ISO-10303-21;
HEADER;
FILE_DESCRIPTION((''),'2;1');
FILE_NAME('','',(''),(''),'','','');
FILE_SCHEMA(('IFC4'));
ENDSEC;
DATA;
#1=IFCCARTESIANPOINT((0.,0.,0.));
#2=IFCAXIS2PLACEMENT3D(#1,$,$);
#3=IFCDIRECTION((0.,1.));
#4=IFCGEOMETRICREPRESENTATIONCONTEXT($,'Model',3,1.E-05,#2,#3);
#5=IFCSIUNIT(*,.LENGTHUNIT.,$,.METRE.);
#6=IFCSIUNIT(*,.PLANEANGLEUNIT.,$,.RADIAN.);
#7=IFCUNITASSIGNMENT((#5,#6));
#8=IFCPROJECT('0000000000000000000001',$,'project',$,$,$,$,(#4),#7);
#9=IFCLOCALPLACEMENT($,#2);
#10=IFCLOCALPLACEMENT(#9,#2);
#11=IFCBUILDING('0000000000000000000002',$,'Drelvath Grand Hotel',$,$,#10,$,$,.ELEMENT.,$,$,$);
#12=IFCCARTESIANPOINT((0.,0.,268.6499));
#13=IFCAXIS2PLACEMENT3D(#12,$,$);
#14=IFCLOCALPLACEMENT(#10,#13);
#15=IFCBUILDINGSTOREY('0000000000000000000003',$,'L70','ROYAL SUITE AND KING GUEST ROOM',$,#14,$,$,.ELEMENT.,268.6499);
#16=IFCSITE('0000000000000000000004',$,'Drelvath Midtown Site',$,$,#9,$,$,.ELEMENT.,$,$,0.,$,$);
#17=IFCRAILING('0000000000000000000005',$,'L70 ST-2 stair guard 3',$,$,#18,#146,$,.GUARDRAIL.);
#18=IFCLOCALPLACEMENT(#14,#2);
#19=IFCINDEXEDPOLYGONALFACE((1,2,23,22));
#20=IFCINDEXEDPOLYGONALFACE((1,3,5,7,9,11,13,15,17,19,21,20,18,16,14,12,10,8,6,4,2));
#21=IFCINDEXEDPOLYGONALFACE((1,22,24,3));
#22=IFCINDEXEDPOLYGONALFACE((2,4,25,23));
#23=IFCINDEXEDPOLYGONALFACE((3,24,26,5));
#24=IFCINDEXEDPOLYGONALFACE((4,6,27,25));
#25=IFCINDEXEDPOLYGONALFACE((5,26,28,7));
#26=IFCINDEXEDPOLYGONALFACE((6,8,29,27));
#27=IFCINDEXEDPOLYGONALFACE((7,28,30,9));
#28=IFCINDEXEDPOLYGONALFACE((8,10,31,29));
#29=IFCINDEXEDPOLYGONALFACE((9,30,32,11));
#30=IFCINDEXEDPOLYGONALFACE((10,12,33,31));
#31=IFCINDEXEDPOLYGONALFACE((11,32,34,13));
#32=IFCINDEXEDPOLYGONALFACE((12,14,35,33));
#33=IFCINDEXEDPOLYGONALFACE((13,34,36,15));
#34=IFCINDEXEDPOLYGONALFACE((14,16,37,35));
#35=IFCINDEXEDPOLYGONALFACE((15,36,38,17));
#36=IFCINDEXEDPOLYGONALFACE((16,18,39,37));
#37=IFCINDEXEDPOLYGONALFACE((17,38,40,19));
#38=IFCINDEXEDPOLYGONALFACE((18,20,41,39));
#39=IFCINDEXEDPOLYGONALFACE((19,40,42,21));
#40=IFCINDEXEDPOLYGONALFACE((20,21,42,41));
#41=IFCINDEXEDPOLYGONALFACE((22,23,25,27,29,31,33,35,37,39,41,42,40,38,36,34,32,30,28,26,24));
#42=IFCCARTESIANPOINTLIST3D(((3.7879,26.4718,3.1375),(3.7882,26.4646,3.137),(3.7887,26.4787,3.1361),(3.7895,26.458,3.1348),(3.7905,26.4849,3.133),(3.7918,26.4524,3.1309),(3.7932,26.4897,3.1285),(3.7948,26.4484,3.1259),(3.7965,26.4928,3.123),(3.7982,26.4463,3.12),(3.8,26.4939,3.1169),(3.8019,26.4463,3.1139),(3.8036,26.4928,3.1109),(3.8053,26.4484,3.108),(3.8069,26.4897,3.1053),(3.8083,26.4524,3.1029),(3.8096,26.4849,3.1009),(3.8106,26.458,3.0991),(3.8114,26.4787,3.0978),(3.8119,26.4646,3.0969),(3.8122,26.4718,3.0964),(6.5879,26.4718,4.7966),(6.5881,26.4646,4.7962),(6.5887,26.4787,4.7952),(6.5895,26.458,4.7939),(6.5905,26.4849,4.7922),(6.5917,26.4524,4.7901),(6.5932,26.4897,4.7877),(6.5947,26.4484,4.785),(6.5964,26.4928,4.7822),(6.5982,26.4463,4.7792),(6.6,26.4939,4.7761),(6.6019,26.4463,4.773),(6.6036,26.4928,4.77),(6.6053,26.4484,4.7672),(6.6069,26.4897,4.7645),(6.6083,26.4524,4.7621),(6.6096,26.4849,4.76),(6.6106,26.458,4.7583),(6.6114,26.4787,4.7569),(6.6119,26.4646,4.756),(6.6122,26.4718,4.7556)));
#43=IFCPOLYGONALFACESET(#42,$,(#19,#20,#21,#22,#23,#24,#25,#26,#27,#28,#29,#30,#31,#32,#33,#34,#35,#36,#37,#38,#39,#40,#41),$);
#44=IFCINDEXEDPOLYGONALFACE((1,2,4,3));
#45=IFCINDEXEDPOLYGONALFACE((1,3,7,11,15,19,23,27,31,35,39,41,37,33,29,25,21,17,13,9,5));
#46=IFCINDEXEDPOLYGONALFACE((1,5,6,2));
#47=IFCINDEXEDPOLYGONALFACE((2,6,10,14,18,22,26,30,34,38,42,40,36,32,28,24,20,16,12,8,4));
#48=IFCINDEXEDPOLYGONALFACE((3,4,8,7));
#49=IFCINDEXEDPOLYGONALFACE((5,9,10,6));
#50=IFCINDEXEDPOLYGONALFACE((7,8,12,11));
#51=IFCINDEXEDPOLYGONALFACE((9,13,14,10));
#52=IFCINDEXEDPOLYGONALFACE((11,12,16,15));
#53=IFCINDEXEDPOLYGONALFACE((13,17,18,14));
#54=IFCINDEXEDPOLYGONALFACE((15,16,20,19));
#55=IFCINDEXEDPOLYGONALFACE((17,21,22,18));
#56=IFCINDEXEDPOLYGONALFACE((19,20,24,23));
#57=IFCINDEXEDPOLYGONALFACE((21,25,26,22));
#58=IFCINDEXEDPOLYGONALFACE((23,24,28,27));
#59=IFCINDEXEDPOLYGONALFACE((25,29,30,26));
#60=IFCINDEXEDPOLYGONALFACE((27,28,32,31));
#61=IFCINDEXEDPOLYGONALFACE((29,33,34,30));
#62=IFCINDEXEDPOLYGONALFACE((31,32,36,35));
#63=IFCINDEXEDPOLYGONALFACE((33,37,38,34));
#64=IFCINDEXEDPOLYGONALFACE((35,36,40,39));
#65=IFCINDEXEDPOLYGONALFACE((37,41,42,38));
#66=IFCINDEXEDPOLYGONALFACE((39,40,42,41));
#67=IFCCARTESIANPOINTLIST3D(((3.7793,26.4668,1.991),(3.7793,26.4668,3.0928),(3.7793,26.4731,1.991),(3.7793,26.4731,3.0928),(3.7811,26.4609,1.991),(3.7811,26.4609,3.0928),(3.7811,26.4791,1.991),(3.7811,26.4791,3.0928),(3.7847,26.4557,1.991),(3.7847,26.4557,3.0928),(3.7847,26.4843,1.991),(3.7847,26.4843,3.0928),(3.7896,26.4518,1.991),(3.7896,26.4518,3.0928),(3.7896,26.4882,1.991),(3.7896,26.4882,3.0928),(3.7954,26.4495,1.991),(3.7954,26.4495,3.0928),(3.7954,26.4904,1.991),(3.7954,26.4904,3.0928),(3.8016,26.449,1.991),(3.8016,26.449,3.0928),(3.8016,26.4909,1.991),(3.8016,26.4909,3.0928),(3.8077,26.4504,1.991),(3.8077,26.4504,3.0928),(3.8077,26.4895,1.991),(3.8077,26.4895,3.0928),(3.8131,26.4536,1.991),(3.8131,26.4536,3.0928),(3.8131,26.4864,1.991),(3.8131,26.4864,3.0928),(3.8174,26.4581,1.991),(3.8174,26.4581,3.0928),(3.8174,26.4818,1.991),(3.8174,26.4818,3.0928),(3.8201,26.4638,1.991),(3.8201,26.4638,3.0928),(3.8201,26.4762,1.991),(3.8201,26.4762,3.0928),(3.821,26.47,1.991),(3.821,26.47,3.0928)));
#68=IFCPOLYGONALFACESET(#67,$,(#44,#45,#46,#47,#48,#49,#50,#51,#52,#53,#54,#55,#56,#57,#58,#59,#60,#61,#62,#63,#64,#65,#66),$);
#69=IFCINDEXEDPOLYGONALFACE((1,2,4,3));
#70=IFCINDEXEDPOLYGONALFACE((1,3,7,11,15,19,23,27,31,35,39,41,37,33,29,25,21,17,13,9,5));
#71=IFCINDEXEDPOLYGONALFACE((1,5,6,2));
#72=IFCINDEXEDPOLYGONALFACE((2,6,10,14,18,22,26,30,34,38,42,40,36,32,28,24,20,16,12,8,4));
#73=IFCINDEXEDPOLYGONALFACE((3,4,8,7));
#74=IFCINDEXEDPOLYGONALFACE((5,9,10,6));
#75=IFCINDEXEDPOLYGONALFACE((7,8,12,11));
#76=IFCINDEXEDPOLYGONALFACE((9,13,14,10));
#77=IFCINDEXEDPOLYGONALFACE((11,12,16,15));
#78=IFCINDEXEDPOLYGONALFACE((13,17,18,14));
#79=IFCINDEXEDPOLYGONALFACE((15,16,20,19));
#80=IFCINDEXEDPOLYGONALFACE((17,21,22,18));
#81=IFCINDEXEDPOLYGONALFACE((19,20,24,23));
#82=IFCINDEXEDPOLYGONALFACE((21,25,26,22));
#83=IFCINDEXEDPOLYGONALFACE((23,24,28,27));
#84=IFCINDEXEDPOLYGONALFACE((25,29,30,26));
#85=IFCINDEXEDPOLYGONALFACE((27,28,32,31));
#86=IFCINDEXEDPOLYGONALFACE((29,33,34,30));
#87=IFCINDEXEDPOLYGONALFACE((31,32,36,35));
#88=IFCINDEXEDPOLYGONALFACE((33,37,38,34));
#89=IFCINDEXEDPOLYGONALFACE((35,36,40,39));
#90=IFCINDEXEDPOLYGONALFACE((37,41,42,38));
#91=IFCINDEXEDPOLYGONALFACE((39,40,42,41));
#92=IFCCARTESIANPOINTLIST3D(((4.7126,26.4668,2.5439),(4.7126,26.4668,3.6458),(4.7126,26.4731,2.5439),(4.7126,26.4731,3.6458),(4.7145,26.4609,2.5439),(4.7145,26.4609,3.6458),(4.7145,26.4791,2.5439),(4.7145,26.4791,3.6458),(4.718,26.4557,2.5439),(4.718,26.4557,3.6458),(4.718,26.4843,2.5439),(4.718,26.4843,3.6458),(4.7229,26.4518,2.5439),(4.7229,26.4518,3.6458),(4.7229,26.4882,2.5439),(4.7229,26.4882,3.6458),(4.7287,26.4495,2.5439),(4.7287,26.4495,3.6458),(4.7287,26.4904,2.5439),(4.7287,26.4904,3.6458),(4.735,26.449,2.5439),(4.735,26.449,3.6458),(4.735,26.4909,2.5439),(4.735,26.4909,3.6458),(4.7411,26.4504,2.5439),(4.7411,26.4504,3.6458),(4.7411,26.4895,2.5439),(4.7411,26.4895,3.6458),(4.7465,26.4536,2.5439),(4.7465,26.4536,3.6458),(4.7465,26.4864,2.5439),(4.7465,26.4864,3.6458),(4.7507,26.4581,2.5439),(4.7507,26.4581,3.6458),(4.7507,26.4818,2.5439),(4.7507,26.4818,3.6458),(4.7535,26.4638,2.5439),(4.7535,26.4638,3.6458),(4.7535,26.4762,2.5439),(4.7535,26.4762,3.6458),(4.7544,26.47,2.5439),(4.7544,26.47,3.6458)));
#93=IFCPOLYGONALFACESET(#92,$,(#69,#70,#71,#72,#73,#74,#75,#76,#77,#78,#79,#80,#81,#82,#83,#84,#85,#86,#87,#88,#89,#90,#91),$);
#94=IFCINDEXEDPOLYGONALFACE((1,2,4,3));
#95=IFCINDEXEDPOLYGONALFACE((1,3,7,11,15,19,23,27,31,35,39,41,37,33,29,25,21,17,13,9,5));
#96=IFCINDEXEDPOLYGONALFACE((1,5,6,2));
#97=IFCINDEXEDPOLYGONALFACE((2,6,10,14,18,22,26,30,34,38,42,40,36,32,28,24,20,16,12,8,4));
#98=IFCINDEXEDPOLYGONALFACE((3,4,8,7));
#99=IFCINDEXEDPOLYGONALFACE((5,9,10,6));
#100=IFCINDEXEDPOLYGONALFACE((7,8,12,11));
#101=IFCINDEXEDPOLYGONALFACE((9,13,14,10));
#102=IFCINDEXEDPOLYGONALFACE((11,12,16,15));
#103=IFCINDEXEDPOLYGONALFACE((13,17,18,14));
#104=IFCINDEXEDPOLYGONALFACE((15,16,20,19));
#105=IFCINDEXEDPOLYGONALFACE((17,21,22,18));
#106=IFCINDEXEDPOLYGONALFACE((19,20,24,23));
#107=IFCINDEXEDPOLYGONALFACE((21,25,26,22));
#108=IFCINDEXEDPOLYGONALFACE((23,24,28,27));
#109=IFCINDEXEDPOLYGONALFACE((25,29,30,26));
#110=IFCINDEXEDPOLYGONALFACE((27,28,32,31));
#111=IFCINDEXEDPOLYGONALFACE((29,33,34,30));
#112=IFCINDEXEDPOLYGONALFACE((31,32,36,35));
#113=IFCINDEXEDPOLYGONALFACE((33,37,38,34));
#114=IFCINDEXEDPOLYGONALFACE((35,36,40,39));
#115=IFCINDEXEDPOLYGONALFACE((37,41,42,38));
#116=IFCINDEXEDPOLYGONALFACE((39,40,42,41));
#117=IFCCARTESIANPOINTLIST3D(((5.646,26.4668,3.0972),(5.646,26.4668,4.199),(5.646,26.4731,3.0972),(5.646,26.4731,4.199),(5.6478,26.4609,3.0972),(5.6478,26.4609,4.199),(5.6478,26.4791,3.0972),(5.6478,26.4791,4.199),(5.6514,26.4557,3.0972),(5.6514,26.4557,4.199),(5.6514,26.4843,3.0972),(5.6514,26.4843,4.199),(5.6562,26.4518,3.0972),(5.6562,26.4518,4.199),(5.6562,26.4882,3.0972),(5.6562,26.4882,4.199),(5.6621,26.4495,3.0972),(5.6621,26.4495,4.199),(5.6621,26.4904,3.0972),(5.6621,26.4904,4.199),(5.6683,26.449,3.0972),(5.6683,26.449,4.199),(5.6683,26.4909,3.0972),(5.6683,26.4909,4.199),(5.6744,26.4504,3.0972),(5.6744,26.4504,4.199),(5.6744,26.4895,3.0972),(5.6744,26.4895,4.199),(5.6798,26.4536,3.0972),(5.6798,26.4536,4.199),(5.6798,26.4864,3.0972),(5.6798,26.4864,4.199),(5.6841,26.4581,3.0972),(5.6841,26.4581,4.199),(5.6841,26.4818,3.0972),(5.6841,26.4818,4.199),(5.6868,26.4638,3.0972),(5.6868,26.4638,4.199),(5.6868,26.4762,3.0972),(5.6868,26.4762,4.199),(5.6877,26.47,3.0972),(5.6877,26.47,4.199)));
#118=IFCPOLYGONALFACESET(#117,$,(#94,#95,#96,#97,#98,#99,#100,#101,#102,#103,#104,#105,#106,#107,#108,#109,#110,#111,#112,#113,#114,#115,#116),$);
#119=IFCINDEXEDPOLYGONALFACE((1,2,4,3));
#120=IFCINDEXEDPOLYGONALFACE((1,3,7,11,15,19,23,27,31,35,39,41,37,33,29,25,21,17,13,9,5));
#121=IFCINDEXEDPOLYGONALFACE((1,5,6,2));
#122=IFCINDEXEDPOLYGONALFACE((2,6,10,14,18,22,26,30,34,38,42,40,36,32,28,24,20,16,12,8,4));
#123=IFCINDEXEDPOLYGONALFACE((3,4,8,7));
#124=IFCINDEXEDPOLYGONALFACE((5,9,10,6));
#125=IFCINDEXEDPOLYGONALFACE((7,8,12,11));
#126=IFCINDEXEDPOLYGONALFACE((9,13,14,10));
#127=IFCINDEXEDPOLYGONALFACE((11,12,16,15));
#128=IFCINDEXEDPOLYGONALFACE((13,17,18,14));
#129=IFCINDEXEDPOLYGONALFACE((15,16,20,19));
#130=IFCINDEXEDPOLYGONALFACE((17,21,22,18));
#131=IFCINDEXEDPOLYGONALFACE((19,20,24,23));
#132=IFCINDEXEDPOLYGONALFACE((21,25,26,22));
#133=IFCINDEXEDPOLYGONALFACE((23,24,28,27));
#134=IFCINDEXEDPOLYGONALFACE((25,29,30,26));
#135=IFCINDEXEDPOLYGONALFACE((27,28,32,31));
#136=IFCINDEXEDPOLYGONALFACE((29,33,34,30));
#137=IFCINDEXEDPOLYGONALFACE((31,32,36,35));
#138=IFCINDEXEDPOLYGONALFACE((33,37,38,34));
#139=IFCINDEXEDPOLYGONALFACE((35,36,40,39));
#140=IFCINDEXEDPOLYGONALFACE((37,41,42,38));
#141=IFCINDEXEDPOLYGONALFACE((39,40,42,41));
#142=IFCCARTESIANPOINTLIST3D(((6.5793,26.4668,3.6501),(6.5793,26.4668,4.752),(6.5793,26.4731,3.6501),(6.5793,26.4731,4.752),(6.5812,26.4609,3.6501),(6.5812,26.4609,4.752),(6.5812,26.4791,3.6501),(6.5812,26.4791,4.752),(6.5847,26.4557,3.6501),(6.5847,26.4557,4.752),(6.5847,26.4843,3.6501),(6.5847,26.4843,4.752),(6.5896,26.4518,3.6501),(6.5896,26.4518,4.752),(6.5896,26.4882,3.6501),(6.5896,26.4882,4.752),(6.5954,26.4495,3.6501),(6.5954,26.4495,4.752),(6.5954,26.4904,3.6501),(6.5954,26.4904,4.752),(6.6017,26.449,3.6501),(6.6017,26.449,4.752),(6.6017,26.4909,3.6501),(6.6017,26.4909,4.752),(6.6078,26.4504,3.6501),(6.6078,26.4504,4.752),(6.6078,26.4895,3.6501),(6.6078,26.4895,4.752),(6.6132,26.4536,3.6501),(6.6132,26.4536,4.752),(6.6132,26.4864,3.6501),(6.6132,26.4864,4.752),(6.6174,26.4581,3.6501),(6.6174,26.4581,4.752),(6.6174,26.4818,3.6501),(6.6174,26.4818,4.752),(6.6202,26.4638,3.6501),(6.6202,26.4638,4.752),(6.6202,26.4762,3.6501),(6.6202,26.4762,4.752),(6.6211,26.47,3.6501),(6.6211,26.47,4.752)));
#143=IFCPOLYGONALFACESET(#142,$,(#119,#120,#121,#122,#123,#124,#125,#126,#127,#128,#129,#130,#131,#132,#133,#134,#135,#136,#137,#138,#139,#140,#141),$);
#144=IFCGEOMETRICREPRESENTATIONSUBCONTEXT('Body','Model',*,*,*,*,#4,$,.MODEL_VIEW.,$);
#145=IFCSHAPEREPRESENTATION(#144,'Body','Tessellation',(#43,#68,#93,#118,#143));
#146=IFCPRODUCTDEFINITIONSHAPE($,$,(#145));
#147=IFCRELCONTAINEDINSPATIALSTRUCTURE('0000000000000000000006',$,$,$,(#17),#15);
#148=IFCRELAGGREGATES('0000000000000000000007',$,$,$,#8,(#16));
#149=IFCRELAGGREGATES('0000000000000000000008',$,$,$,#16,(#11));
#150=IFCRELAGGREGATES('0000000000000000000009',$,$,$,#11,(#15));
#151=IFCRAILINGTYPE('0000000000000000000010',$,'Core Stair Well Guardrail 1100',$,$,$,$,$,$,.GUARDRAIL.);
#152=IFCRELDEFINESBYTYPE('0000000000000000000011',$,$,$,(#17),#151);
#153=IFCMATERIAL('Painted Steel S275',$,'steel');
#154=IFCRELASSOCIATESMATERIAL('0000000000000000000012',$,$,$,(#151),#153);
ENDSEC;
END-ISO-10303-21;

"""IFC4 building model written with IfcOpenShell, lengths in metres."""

from ifc_helpers import new_model, si_unit, direction, frame, origin, origin_2d, place, context, subcontext, project, spatial, circle, extrude, material, type_object, element, save


model = new_model("IFC4")

# Units and contexts
model_context = context("Model", 3, precision=1e-05, world=origin(), true_north=direction((0.0, 1.0)))
body_context = subcontext(model_context, "Body", "Model", "MODEL_VIEW")
ifc_project = project(units=[si_unit("LENGTHUNIT", "METRE"), si_unit("PLANEANGLEUNIT", "RADIAN")], contexts=[model_context])

# Site, building, storey
site_placement = place(None, origin())
site = spatial("IfcSite", under=ifc_project, at=site_placement, Name="Drelvath Midtown Site", CompositionType="ELEMENT", RefElevation=0.0)
building_placement = place(site_placement, origin())
building = spatial("IfcBuilding", under=site, at=building_placement, Name="Drelvath Grand Hotel", CompositionType="ELEMENT")
storey_placement = place(building_placement, frame((0.0, 0.0, 268.6499)))
storey = spatial("IfcBuildingStorey", under=building, at=storey_placement, Name="L70", Description="ROYAL SUITE AND KING GUEST ROOM", CompositionType="ELEMENT", Elevation=268.6499)

# Railing
ifc_material_1 = material(Name="Painted Steel S275", Category="steel")
railing_type_1 = type_object("IfcRailingType", Name="Core Stair Well Guardrail 1100", PredefinedType="GUARDRAIL", material=ifc_material_1)
railing_1_placement = place(storey_placement, frame((3.8, 26.47, 1.991)))
element("IfcRailing", 1, at=railing_1_placement, inside=storey, type_object=railing_type_1, Name="L70 ST-2 stair guard 3", PredefinedType="GUARDRAIL", context=body_context, shape_type="SweptSolid", body=[
    extrude(circle(Radius=0.0239, at=origin_2d()), frame((0.0, 0.0, 1.126), z_axis=(0.860306, 0.0, 0.509778), x_axis=(0.0, 1.0, 0.0)), (0.0, 0.0, 1.0), 3.2546),
    extrude(circle(Radius=0.021, at=origin_2d()), origin(), (0.0, 0.0, 1.0), 1.1018),
    extrude(circle(Radius=0.021, at=origin_2d()), frame((0.9333, 0.0, 0.553)), (0.0, 0.0, 1.0), 1.1018),
    extrude(circle(Radius=0.021, at=origin_2d()), frame((1.8667, 0.0, 1.1062)), (0.0, 0.0, 1.0), 1.1018),
    extrude(circle(Radius=0.021, at=origin_2d()), frame((2.8, 0.0, 1.6592)), (0.0, 0.0, 1.0), 1.1018),
])

save(model, "model.ifc")
